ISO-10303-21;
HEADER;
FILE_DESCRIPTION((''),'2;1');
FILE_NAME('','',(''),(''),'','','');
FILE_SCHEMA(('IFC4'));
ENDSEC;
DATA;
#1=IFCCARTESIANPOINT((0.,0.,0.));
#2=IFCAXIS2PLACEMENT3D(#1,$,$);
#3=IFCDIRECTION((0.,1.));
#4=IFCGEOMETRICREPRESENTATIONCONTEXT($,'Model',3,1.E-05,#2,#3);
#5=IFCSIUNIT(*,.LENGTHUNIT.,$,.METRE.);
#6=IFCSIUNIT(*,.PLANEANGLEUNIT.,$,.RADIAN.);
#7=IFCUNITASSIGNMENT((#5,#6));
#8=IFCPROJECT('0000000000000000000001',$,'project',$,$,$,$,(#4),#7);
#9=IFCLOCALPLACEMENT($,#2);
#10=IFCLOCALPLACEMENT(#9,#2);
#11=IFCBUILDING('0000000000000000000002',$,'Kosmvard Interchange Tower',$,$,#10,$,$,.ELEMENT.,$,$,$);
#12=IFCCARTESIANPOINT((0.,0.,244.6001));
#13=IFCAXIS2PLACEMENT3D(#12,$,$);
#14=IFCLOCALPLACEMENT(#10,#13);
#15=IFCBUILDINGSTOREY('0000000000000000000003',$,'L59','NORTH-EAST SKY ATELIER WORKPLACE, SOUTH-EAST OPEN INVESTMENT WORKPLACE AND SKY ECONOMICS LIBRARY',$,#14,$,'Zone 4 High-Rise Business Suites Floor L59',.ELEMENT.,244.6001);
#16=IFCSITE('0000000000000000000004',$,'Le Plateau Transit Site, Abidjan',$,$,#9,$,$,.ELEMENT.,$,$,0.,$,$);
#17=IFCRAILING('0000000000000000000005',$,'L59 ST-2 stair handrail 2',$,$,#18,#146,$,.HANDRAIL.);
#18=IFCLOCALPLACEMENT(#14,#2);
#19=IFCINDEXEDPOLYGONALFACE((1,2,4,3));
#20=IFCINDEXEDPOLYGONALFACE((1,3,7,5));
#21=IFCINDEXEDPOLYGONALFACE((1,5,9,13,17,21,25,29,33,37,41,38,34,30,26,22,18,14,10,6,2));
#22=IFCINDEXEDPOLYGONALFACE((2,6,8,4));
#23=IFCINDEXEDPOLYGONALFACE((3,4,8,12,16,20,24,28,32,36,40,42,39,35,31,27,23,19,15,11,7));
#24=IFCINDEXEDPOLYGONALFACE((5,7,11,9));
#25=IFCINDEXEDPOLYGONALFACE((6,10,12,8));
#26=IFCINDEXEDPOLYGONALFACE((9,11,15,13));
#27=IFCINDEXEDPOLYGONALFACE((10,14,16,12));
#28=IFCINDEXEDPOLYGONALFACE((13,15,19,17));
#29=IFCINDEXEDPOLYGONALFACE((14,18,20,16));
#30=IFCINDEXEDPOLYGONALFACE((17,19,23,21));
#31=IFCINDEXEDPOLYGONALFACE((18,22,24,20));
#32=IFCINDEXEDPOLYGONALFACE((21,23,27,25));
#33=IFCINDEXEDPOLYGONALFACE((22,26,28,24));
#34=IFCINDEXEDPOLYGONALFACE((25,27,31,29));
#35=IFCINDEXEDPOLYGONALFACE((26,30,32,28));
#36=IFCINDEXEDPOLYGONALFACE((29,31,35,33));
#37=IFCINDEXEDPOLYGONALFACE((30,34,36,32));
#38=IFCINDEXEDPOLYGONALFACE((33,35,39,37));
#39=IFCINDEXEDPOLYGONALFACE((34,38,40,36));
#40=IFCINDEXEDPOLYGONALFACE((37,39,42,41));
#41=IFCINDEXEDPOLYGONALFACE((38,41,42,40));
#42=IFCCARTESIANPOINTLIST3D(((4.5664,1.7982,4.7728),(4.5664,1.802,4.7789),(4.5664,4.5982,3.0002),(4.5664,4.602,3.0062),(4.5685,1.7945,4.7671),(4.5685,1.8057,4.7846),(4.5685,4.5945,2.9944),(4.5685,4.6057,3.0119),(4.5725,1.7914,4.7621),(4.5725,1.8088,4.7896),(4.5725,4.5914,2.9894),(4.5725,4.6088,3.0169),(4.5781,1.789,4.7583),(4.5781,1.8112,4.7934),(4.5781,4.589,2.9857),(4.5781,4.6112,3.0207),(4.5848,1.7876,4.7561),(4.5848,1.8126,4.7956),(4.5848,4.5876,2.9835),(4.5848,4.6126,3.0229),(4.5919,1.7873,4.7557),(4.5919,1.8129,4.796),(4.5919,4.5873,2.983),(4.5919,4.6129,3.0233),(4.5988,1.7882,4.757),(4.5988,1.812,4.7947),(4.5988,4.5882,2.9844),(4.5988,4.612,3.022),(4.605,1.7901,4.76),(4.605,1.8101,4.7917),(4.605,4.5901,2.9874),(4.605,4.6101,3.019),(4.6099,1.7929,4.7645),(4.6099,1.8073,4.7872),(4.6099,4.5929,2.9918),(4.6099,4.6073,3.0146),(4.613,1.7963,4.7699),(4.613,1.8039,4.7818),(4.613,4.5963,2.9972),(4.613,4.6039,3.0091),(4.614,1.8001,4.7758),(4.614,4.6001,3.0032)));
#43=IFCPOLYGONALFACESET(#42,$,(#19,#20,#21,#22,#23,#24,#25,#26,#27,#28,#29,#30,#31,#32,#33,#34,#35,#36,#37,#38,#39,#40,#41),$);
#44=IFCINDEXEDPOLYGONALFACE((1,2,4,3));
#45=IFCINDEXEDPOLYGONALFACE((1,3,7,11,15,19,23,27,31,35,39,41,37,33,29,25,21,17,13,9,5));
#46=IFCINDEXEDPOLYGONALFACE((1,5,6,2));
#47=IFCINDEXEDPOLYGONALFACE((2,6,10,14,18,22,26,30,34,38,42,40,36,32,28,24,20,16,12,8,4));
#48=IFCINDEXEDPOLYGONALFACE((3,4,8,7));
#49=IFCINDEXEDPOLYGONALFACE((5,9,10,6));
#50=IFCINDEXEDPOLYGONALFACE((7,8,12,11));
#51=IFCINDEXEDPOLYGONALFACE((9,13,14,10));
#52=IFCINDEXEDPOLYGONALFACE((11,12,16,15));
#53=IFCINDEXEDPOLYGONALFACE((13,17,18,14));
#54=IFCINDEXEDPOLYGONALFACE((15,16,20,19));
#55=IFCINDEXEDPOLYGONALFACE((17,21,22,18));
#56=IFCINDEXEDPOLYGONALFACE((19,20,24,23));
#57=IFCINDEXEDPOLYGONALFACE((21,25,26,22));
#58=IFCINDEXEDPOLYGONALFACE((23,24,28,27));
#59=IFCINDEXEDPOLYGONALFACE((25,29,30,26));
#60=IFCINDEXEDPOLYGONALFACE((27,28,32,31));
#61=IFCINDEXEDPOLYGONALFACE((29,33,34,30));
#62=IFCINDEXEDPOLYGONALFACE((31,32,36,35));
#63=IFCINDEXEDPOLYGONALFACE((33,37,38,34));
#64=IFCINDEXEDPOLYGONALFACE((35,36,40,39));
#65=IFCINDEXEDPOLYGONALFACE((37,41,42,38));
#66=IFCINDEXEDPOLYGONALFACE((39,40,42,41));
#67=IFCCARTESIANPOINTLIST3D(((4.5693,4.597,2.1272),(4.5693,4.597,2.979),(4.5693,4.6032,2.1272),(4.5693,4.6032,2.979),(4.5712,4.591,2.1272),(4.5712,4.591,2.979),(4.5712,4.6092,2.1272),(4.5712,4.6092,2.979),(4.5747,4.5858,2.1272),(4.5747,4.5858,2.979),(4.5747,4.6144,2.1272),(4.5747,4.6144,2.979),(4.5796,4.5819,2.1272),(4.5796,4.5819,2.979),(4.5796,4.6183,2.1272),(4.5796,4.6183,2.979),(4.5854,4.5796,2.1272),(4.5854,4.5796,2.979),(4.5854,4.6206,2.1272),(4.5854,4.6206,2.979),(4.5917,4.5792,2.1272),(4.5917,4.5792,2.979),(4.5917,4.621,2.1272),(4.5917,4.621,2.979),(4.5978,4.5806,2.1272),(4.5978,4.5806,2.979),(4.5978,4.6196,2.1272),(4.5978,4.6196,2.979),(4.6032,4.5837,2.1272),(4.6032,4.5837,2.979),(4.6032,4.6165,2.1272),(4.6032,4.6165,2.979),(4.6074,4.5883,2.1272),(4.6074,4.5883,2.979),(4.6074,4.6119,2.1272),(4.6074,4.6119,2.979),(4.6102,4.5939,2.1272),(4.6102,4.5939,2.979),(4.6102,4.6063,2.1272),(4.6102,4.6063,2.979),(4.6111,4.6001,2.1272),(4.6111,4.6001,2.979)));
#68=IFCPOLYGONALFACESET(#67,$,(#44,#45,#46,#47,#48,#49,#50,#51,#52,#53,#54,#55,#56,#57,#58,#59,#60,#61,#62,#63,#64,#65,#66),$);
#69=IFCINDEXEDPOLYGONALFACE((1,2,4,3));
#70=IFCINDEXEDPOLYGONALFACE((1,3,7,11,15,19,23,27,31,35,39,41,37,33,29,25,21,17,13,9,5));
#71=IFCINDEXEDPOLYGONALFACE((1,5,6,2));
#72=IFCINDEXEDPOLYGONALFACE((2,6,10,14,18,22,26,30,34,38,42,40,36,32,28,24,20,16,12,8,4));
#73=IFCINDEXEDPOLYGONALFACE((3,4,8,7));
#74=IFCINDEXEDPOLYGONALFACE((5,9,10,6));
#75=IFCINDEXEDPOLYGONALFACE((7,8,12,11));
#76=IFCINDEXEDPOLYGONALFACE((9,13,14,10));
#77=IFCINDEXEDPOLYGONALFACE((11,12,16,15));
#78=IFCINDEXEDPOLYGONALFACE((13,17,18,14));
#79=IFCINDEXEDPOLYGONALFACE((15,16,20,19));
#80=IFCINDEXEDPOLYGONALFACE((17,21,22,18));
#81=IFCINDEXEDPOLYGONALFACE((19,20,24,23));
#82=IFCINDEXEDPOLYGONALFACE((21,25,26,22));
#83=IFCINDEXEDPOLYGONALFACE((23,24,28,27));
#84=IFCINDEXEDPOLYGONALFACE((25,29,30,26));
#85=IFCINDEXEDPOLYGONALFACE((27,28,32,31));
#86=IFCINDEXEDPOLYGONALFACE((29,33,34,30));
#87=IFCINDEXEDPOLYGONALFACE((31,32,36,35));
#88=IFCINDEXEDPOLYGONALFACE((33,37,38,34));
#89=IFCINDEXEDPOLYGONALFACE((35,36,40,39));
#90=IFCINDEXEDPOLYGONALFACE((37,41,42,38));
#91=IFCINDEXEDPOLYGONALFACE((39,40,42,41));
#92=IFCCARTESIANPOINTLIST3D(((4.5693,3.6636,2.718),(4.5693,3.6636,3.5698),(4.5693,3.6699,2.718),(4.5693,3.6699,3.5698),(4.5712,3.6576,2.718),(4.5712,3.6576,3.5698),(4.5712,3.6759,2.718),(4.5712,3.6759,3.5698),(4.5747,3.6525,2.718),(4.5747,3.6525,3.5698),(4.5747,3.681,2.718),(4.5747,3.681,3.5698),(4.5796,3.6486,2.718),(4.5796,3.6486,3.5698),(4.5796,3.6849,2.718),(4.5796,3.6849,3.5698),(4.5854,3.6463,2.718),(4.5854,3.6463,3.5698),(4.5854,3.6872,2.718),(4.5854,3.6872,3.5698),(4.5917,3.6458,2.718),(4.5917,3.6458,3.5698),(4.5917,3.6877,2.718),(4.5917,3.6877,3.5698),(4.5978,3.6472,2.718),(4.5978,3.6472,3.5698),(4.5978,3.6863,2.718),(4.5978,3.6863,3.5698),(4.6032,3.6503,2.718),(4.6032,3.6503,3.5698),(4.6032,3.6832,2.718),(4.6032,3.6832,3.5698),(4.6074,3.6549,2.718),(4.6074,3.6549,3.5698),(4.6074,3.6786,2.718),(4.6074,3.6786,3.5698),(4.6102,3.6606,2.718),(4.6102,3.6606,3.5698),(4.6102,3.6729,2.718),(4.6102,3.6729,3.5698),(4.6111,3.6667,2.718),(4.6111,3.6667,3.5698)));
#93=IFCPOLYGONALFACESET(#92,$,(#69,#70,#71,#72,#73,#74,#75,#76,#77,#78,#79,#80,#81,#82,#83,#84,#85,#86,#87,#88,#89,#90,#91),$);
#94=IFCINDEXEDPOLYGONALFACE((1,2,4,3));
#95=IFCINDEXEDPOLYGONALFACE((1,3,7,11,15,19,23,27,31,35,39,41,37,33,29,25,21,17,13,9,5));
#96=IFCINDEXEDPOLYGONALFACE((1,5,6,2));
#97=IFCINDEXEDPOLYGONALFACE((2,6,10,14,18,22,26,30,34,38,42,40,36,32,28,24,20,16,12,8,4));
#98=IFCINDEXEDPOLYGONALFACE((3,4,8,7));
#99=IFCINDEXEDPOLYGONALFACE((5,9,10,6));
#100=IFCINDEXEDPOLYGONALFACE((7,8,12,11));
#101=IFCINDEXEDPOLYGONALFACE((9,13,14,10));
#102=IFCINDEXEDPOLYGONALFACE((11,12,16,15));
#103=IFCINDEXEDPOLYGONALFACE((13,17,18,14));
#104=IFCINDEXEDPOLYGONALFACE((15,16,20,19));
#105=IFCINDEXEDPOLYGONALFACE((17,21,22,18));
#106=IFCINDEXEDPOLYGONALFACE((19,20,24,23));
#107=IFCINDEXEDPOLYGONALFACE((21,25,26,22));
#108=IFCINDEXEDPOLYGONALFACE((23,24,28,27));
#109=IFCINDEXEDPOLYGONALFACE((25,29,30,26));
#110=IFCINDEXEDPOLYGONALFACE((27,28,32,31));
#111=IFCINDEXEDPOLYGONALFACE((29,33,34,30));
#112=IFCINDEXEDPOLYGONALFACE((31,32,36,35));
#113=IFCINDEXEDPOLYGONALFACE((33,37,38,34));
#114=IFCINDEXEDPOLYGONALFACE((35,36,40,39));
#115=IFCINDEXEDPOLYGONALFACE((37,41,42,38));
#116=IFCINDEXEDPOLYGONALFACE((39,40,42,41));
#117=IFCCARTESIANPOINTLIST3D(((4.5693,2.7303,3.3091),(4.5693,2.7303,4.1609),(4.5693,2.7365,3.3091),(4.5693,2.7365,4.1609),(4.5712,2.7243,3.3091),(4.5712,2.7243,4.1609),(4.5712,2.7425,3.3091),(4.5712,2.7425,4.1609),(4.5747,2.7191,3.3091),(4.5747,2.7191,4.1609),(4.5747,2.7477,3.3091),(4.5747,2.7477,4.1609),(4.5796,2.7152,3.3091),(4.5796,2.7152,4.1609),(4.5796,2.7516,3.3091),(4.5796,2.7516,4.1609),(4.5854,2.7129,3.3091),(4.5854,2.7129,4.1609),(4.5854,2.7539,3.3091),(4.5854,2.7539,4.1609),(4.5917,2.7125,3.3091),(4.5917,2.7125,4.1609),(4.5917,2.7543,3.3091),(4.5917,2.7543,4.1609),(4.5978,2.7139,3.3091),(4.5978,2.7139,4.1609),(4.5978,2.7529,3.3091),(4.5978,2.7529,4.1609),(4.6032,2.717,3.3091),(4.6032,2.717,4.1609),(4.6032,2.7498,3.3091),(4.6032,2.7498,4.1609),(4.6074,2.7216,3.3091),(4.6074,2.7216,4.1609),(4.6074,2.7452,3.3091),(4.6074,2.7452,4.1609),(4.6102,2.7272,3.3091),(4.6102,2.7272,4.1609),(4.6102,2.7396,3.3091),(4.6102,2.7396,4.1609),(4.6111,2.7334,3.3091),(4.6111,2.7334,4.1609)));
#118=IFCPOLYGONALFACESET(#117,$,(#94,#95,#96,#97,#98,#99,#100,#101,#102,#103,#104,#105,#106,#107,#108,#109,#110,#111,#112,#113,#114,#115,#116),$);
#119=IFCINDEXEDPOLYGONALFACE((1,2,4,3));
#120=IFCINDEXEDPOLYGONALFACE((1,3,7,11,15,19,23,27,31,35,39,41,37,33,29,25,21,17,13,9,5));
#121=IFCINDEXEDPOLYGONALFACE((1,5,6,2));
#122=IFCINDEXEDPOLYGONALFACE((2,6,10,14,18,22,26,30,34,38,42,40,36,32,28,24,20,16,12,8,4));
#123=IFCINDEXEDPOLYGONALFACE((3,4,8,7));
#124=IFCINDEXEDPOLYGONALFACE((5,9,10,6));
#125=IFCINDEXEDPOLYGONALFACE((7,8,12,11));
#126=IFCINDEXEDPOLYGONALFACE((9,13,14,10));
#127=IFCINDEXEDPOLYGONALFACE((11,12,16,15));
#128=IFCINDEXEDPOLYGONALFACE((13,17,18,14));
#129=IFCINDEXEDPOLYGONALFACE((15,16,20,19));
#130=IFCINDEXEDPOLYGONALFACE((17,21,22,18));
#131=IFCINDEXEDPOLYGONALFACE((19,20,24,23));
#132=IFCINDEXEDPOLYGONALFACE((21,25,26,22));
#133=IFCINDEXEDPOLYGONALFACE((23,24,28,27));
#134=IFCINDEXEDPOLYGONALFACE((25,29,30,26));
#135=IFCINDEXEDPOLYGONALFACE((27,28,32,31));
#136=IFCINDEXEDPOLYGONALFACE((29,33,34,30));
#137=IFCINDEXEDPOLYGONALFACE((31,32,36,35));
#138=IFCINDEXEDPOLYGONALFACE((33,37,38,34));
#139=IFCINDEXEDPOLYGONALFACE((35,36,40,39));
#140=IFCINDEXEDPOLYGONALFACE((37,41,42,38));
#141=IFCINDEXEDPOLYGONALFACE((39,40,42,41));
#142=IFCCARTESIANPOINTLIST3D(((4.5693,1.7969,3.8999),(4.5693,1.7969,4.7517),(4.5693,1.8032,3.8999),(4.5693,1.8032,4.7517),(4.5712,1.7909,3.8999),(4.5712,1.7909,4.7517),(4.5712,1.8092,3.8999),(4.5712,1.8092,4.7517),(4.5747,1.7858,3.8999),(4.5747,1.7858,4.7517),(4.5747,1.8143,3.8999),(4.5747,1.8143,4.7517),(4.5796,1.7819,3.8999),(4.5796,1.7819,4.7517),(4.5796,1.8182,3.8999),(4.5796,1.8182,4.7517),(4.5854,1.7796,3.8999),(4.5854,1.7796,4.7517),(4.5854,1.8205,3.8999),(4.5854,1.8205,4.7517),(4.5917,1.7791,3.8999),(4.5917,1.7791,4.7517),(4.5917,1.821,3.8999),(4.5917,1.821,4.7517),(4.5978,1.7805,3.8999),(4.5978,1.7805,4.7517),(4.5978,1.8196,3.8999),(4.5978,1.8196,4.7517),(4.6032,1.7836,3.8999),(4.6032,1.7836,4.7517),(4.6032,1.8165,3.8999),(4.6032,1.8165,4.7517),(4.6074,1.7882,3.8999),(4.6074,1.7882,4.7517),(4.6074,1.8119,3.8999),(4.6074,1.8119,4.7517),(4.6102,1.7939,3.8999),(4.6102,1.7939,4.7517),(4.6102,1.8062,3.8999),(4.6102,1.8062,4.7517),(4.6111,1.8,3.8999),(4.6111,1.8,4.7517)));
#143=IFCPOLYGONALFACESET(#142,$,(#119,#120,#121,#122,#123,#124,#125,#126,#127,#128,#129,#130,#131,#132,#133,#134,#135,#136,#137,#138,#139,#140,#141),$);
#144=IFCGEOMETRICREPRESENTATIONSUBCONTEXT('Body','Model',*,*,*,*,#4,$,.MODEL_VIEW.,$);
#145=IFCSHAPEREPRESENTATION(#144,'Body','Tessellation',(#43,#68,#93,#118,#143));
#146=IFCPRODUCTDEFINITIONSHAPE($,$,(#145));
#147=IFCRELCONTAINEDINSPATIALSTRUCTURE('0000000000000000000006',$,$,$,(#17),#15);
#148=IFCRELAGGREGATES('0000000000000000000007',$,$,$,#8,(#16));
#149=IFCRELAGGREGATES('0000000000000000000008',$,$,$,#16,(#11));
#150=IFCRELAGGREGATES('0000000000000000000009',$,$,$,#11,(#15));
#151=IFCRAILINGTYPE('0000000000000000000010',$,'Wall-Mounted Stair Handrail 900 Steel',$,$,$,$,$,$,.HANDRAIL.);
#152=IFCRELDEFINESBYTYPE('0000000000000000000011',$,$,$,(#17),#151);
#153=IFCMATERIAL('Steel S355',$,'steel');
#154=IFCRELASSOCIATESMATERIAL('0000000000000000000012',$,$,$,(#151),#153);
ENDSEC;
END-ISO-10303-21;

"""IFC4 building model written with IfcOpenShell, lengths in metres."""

from ifc_helpers import new_model, si_unit, direction, frame, origin, origin_2d, place, context, subcontext, project, spatial, circle, extrude, source, transform, mapped, material, type_object, element, save


model = new_model("IFC4")

# Units and contexts
model_context = context("Model", 3, precision=1e-05, world=origin(), true_north=direction((0.0, 1.0)))
body_context = subcontext(model_context, "Body", "Model", "MODEL_VIEW")
ifc_project = project(units=[si_unit("LENGTHUNIT", "METRE"), si_unit("PLANEANGLEUNIT", "RADIAN")], contexts=[model_context])

# Site, building, storey
site_placement = place(None, origin())
site = spatial("IfcSite", under=ifc_project, at=site_placement, Name="Le Plateau Transit Site, Abidjan", CompositionType="ELEMENT", RefElevation=0.0)
building_placement = place(site_placement, origin())
building = spatial("IfcBuilding", under=site, at=building_placement, Name="Kosmvard Interchange Tower", CompositionType="ELEMENT")
storey_placement = place(building_placement, frame((0.0, 0.0, 244.6001)))
storey = spatial("IfcBuildingStorey", under=building, at=storey_placement, Name="L59", Description="NORTH-EAST SKY ATELIER WORKPLACE, SOUTH-EAST OPEN INVESTMENT WORKPLACE AND SKY ECONOMICS LIBRARY", LongName="Zone 4 High-Rise Business Suites Floor L59", CompositionType="ELEMENT", Elevation=244.6001)

# Shared definitions
ifc_material_1 = material(Name="Steel S355", Category="steel")

# Railing
railing_type_1 = type_object("IfcRailingType", Name="Wall-Mounted Stair Handrail 900 Steel", PredefinedType="HANDRAIL", material=ifc_material_1)
shared_shape_1 = source(origin(), body_context, "Body", "SweptSolid", [
    extrude(circle(Radius=0.0239, at=origin_2d()), frame((0.0, 0.0, 0.876), z_axis=(0.0, -0.844909, 0.53491), x_axis=(1.0, 0.0, 0.0)), (0.0, 0.0, 1.0), 3.314),
    extrude(circle(Radius=0.021, at=origin_2d()), origin(), (0.0, 0.0, 1.0), 0.8518),
    extrude(circle(Radius=0.021, at=origin_2d()), frame((0.0, -0.9333, 0.5908)), (0.0, 0.0, 1.0), 0.8518),
    extrude(circle(Radius=0.021, at=origin_2d()), frame((0.0, -1.8667, 1.1819)), (0.0, 0.0, 1.0), 0.8518),
    extrude(circle(Radius=0.021, at=origin_2d()), frame((0.0, -2.8, 1.7727)), (0.0, 0.0, 1.0), 0.8518),
])
railing_1_placement = place(storey_placement, frame((4.5901, 4.6001, 2.1272)))
element("IfcRailing", 1, at=railing_1_placement, inside=storey, type_object=railing_type_1, Name="L59 ST-2 stair handrail 2", PredefinedType="HANDRAIL", context=body_context, shape_type="MappedRepresentation", body=[
    mapped(shared_shape_1, transform((0.0, 0.0, 0.0), scale=1.0)),
])

save(model, "model.ifc")
